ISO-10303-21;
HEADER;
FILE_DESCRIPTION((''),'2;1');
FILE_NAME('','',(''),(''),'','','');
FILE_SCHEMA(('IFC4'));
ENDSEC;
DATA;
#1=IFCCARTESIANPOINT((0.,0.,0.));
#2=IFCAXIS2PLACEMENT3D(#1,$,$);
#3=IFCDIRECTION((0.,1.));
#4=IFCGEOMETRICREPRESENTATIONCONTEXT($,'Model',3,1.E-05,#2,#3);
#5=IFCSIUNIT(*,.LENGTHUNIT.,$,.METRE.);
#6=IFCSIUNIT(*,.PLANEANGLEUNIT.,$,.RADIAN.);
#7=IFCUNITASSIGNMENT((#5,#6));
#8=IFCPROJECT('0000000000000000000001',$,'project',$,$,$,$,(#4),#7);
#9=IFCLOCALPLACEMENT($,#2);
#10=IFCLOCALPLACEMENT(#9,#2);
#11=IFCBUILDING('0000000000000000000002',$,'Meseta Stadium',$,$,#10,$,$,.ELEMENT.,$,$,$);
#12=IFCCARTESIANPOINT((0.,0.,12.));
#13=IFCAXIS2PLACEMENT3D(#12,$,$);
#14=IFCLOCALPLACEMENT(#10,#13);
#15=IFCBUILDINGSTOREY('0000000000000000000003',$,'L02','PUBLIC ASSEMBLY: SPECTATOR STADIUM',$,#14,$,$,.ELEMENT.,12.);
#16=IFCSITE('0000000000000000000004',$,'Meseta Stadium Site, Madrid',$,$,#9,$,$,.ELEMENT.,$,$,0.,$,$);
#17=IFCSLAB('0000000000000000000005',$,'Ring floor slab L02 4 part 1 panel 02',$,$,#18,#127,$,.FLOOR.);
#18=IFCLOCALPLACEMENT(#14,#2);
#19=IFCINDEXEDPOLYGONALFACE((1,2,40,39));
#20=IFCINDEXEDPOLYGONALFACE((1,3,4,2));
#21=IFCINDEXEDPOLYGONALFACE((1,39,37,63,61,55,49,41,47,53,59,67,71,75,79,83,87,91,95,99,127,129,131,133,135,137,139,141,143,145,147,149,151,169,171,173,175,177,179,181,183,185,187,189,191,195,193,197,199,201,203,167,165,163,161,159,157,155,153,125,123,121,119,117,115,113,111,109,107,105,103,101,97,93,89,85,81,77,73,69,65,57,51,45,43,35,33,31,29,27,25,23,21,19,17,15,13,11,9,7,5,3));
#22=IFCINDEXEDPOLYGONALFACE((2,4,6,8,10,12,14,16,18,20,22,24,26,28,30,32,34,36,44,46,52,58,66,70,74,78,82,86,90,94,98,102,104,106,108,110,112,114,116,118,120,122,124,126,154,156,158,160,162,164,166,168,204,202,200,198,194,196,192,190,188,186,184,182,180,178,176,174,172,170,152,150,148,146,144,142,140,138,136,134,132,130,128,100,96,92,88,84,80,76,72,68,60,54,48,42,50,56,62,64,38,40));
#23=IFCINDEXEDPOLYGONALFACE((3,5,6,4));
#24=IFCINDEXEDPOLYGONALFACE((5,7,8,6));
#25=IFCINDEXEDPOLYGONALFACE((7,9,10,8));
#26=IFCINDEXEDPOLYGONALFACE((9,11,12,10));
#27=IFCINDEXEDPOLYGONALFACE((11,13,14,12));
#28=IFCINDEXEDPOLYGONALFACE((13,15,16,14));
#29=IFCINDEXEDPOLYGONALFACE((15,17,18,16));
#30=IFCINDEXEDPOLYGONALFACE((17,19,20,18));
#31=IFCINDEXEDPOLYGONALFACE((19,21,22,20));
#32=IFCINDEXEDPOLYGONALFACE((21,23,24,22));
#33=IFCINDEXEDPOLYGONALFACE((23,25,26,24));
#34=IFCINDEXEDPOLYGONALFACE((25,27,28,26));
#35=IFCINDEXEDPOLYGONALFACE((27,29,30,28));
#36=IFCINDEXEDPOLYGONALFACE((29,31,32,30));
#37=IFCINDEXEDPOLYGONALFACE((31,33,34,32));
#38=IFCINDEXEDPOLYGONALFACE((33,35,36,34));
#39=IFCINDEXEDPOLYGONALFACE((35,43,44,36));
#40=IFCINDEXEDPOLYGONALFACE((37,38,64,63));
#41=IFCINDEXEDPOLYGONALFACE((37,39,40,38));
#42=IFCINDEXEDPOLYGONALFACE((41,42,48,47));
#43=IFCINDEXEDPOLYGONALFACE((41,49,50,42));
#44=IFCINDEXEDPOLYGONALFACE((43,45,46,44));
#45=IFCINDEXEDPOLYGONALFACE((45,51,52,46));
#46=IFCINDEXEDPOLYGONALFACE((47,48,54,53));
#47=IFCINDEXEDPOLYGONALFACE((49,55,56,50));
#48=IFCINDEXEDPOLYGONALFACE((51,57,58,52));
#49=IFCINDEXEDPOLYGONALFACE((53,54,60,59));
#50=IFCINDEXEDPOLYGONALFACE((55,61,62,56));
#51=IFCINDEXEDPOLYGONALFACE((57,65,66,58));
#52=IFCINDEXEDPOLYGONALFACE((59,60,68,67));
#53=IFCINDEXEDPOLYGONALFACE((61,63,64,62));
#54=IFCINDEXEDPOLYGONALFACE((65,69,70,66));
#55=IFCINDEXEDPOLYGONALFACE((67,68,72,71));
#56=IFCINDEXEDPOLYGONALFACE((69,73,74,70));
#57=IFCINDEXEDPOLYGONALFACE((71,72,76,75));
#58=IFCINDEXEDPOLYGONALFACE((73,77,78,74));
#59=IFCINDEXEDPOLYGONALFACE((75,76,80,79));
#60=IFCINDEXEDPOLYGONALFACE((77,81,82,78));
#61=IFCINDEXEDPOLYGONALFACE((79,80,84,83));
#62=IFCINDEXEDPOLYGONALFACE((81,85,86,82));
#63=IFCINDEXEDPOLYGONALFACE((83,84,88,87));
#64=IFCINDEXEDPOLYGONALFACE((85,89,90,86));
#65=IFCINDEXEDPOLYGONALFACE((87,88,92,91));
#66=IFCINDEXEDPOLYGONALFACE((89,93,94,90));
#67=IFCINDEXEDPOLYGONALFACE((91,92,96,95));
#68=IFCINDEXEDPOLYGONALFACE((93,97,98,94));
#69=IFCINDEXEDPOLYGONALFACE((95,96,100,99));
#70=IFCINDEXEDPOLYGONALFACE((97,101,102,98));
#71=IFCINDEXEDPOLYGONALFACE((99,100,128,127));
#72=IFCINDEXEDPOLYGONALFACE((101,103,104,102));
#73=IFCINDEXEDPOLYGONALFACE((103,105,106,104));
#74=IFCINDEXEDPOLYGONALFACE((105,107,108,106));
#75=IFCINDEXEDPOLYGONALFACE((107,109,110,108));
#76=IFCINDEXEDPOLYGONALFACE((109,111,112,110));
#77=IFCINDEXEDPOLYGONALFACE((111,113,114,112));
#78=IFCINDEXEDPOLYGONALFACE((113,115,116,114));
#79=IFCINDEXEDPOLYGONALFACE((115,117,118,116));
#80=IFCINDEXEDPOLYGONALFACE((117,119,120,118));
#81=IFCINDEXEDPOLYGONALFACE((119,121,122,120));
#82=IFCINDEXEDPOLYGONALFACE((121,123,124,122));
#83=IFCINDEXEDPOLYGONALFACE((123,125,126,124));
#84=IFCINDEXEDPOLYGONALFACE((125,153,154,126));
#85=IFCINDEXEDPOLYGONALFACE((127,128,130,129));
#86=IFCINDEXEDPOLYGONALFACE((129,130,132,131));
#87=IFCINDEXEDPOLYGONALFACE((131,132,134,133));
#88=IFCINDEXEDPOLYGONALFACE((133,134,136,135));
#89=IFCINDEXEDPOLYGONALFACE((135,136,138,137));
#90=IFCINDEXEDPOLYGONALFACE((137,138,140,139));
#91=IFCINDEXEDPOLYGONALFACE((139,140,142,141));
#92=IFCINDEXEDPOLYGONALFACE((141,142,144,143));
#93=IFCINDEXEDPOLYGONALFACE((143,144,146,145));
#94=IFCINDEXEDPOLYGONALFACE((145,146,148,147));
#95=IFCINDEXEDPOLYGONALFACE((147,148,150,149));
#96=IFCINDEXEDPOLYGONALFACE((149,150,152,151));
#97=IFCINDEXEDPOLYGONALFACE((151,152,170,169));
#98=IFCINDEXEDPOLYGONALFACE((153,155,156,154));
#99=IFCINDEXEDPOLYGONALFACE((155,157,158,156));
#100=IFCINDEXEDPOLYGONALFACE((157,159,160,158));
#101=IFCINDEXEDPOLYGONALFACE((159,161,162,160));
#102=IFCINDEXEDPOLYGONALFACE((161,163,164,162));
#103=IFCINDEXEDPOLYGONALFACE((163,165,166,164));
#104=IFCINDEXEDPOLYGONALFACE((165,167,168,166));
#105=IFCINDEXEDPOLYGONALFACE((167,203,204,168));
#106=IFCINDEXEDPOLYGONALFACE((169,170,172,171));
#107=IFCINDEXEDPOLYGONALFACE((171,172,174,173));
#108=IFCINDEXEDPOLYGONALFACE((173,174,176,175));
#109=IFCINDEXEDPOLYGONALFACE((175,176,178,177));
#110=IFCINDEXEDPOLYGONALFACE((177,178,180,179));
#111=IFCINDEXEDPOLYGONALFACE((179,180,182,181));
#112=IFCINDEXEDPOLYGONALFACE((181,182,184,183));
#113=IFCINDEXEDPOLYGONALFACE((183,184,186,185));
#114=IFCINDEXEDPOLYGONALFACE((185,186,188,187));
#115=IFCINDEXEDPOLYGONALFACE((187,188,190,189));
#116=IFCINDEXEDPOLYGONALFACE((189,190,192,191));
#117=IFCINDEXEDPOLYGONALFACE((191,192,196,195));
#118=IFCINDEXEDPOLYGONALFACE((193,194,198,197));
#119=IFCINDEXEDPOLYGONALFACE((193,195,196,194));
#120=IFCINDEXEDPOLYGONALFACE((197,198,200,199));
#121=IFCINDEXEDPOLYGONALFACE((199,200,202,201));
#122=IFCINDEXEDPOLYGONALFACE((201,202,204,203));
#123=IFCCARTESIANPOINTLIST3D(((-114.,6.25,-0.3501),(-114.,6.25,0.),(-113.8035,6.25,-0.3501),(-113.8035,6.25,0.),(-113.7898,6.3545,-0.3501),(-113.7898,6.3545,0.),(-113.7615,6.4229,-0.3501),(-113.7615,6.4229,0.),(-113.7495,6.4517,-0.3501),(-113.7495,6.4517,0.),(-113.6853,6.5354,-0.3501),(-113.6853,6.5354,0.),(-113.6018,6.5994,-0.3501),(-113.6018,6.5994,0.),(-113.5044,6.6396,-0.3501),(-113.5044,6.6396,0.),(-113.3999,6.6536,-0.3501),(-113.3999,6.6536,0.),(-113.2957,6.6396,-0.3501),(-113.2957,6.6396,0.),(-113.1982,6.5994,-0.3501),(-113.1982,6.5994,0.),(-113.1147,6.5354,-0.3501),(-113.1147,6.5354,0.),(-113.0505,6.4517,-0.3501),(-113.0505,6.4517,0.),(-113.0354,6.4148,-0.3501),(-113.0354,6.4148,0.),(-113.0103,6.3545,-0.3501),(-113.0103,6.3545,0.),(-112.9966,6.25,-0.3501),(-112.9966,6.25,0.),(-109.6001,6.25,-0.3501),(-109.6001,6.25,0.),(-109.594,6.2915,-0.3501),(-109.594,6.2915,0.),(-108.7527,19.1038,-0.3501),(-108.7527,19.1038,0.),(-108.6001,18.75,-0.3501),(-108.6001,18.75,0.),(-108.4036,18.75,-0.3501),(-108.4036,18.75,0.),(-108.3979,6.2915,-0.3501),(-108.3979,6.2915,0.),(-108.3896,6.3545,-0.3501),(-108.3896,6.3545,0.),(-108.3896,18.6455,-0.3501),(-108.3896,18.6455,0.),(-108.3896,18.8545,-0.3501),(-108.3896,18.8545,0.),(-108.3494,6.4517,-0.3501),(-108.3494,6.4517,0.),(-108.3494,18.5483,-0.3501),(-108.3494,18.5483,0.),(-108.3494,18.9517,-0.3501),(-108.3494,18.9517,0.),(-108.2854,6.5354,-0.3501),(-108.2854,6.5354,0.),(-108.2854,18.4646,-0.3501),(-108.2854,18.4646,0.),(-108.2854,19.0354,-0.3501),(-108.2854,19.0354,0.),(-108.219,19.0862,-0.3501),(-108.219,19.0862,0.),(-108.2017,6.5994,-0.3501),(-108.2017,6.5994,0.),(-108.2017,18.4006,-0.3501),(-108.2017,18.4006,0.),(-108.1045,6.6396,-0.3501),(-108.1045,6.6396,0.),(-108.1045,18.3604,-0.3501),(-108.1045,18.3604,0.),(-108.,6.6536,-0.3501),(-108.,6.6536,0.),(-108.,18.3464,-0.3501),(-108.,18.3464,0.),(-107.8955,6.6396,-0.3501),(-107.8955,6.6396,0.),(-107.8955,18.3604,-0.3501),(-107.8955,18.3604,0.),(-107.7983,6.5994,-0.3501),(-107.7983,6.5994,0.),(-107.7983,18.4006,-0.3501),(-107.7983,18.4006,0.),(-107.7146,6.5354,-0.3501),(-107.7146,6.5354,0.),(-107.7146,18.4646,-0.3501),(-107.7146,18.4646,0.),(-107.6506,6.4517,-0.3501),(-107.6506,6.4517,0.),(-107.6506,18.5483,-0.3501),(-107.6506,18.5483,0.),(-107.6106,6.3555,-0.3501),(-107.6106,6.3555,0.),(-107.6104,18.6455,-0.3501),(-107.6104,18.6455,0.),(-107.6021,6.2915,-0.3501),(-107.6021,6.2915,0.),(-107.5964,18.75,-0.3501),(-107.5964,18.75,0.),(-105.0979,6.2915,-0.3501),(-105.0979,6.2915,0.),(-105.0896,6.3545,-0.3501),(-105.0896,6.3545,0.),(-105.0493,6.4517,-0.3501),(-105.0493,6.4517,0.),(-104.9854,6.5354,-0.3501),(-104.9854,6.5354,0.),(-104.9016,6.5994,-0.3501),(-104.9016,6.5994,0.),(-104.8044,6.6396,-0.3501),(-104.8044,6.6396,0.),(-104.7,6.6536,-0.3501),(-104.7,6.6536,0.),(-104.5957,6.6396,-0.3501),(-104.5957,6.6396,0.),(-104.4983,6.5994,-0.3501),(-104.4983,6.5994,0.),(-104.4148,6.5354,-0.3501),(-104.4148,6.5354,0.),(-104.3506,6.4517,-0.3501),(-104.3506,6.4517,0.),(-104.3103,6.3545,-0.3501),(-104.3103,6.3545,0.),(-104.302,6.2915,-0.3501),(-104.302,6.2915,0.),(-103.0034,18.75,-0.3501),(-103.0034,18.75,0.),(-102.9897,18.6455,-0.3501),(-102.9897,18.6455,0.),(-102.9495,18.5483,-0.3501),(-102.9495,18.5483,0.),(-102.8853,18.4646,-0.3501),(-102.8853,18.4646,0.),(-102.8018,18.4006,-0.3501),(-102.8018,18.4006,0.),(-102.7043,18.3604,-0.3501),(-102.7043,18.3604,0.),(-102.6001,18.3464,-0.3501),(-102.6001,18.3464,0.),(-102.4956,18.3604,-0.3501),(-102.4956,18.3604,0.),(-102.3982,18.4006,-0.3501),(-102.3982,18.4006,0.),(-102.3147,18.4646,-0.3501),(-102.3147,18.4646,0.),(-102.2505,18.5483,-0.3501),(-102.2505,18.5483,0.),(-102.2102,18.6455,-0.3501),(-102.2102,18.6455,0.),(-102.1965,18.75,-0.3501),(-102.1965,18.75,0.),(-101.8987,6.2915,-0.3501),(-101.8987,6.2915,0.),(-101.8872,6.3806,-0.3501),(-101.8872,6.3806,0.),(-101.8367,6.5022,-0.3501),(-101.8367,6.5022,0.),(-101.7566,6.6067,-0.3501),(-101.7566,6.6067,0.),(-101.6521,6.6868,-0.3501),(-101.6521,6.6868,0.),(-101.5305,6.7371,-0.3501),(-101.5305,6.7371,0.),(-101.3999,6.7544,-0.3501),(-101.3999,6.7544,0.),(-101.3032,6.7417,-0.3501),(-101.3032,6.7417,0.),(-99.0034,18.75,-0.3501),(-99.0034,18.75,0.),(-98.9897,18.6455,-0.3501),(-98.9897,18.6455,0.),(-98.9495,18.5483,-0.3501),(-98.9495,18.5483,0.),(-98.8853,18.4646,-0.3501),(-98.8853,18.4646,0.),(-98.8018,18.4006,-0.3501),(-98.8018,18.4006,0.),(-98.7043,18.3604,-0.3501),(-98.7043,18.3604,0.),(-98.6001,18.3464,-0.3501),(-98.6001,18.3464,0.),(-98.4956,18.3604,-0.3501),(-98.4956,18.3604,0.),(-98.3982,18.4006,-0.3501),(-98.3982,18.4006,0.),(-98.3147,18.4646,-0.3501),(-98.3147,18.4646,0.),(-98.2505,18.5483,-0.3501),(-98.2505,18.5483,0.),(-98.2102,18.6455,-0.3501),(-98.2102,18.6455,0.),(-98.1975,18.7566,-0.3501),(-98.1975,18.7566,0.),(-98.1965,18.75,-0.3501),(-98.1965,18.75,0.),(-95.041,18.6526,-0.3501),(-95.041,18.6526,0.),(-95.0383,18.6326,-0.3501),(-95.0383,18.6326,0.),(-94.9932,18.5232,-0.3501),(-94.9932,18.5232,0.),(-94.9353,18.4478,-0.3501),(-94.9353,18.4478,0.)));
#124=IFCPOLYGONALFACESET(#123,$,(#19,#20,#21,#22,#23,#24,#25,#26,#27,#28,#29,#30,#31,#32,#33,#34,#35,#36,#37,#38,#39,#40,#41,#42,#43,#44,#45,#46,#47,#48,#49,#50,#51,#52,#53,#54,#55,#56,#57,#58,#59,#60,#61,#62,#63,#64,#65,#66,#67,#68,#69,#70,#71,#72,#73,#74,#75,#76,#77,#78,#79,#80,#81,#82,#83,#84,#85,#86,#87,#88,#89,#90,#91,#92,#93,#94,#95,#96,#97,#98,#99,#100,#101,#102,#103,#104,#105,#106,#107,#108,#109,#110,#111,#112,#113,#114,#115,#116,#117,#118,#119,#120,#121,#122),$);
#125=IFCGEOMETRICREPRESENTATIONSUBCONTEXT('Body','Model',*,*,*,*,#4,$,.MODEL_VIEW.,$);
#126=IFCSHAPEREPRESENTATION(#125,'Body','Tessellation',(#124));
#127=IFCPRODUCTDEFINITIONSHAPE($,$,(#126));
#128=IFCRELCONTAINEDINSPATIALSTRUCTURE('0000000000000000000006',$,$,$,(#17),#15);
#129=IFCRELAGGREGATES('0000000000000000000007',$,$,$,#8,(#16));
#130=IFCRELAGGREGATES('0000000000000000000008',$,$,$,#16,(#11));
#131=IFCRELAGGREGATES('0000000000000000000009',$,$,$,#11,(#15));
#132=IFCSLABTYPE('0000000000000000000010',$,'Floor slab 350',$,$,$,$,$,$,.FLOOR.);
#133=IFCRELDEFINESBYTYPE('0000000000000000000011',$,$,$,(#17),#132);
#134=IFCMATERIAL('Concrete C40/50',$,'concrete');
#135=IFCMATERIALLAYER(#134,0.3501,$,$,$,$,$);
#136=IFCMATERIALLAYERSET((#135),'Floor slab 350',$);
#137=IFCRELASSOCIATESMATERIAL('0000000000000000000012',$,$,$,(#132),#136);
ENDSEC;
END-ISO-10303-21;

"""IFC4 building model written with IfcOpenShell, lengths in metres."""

from ifc_helpers import new_model, si_unit, direction, frame, origin, place, context, subcontext, project, spatial, polyline, outline, extrude, material, layer, layer_set, type_object, element, save


model = new_model("IFC4")

# Units and contexts
model_context = context("Model", 3, precision=1e-05, world=origin(), true_north=direction((0.0, 1.0)))
body_context = subcontext(model_context, "Body", "Model", "MODEL_VIEW")
ifc_project = project(units=[si_unit("LENGTHUNIT", "METRE"), si_unit("PLANEANGLEUNIT", "RADIAN")], contexts=[model_context])

# Site, building, storey
site_placement = place(None, origin())
site = spatial("IfcSite", under=ifc_project, at=site_placement, Name="Meseta Stadium Site, Madrid", CompositionType="ELEMENT", RefElevation=0.0)
building_placement = place(site_placement, origin())
building = spatial("IfcBuilding", under=site, at=building_placement, Name="Meseta Stadium", CompositionType="ELEMENT")
storey_placement = place(building_placement, frame((0.0, 0.0, 12.0)))
storey = spatial("IfcBuildingStorey", under=building, at=storey_placement, Name="L02", Description="PUBLIC ASSEMBLY: SPECTATOR STADIUM", CompositionType="ELEMENT", Elevation=12.0)

# Slab
ifc_material_1 = material(Name="Concrete C40/50", Category="concrete")
ifc_layer_1 = layer(ifc_material_1, 0.3501)
ifc_layer_set_1 = layer_set([ifc_layer_1], Name="Floor slab 350")
slab_type_1 = type_object("IfcSlabType", Name="Floor slab 350", PredefinedType="FLOOR", material=ifc_layer_set_1)
slab_1_placement = place(storey_placement, frame((0.0, 0.0, -0.3501)))
element("IfcSlab", 1, at=slab_1_placement, inside=storey, type_object=slab_type_1, Name="Ring floor slab L02 4 part 1 panel 02", PredefinedType="FLOOR", context=body_context, shape_type="SweptSolid", body=[
    extrude(outline(polyline([(-112.9966, 6.25), (-109.6001, 6.25), (-109.594, 6.2915), (-108.3979, 6.2915), (-108.3896, 6.3545), (-108.3494, 6.4517), (-108.2854, 6.5354), (-108.2017, 6.5994), (-108.1045, 6.6396), (-108.0, 6.6536), (-107.8955, 6.6396), (-107.7983, 6.5994), (-107.7146, 6.5354), (-107.6506, 6.4517), (-107.6106, 6.3555), (-107.6021, 6.2915), (-105.0979, 6.2915), (-105.0896, 6.3545), (-105.0493, 6.4517), (-104.9854, 6.5354), (-104.9016, 6.5994), (-104.8044, 6.6396), (-104.7, 6.6536), (-104.5957, 6.6396), (-104.4983, 6.5994), (-104.4148, 6.5354), (-104.3506, 6.4517), (-104.3103, 6.3545), (-104.302, 6.2915), (-101.8987, 6.2915), (-101.8872, 6.3806), (-101.8367, 6.5022), (-101.7566, 6.6067), (-101.6521, 6.6868), (-101.5305, 6.7371), (-101.3999, 6.7544), (-101.3032, 6.7417), (-94.9353, 18.4478), (-94.9932, 18.5232), (-95.0383, 18.6326), (-95.041, 18.6526), (-98.1975, 18.7566), (-98.1965, 18.75), (-98.2102, 18.6455), (-98.2505, 18.5483), (-98.3147, 18.4646), (-98.3982, 18.4006), (-98.4956, 18.3604), (-98.6001, 18.3464), (-98.7043, 18.3604), (-98.8018, 18.4006), (-98.8853, 18.4646), (-98.9495, 18.5483), (-98.9897, 18.6455), (-99.0034, 18.75), (-102.1965, 18.75), (-102.2102, 18.6455), (-102.2505, 18.5483), (-102.3147, 18.4646), (-102.3982, 18.4006), (-102.4956, 18.3604), (-102.6001, 18.3464), (-102.7043, 18.3604), (-102.8018, 18.4006), (-102.8853, 18.4646), (-102.9495, 18.5483), (-102.9897, 18.6455), (-103.0034, 18.75), (-107.5964, 18.75), (-107.6104, 18.6455), (-107.6506, 18.5483), (-107.7146, 18.4646), (-107.7983, 18.4006), (-107.8955, 18.3604), (-108.0, 18.3464), (-108.1045, 18.3604), (-108.2017, 18.4006), (-108.2854, 18.4646), (-108.3494, 18.5483), (-108.3896, 18.6455), (-108.4036, 18.75), (-108.3896, 18.8545), (-108.3494, 18.9517), (-108.2854, 19.0354), (-108.219, 19.0862), (-108.7527, 19.1038), (-108.6001, 18.75), (-114.0, 6.25), (-113.8035, 6.25), (-113.7898, 6.3545), (-113.7615, 6.4229), (-113.7495, 6.4517), (-113.6853, 6.5354), (-113.6018, 6.5994), (-113.5044, 6.6396), (-113.3999, 6.6536), (-113.2957, 6.6396), (-113.1982, 6.5994), (-113.1147, 6.5354), (-113.0505, 6.4517), (-113.0354, 6.4148), (-113.0103, 6.3545), (-112.9966, 6.25)])), origin(), (0.0, 0.0, 1.0), 0.3501),
])

save(model, "model.ifc")
